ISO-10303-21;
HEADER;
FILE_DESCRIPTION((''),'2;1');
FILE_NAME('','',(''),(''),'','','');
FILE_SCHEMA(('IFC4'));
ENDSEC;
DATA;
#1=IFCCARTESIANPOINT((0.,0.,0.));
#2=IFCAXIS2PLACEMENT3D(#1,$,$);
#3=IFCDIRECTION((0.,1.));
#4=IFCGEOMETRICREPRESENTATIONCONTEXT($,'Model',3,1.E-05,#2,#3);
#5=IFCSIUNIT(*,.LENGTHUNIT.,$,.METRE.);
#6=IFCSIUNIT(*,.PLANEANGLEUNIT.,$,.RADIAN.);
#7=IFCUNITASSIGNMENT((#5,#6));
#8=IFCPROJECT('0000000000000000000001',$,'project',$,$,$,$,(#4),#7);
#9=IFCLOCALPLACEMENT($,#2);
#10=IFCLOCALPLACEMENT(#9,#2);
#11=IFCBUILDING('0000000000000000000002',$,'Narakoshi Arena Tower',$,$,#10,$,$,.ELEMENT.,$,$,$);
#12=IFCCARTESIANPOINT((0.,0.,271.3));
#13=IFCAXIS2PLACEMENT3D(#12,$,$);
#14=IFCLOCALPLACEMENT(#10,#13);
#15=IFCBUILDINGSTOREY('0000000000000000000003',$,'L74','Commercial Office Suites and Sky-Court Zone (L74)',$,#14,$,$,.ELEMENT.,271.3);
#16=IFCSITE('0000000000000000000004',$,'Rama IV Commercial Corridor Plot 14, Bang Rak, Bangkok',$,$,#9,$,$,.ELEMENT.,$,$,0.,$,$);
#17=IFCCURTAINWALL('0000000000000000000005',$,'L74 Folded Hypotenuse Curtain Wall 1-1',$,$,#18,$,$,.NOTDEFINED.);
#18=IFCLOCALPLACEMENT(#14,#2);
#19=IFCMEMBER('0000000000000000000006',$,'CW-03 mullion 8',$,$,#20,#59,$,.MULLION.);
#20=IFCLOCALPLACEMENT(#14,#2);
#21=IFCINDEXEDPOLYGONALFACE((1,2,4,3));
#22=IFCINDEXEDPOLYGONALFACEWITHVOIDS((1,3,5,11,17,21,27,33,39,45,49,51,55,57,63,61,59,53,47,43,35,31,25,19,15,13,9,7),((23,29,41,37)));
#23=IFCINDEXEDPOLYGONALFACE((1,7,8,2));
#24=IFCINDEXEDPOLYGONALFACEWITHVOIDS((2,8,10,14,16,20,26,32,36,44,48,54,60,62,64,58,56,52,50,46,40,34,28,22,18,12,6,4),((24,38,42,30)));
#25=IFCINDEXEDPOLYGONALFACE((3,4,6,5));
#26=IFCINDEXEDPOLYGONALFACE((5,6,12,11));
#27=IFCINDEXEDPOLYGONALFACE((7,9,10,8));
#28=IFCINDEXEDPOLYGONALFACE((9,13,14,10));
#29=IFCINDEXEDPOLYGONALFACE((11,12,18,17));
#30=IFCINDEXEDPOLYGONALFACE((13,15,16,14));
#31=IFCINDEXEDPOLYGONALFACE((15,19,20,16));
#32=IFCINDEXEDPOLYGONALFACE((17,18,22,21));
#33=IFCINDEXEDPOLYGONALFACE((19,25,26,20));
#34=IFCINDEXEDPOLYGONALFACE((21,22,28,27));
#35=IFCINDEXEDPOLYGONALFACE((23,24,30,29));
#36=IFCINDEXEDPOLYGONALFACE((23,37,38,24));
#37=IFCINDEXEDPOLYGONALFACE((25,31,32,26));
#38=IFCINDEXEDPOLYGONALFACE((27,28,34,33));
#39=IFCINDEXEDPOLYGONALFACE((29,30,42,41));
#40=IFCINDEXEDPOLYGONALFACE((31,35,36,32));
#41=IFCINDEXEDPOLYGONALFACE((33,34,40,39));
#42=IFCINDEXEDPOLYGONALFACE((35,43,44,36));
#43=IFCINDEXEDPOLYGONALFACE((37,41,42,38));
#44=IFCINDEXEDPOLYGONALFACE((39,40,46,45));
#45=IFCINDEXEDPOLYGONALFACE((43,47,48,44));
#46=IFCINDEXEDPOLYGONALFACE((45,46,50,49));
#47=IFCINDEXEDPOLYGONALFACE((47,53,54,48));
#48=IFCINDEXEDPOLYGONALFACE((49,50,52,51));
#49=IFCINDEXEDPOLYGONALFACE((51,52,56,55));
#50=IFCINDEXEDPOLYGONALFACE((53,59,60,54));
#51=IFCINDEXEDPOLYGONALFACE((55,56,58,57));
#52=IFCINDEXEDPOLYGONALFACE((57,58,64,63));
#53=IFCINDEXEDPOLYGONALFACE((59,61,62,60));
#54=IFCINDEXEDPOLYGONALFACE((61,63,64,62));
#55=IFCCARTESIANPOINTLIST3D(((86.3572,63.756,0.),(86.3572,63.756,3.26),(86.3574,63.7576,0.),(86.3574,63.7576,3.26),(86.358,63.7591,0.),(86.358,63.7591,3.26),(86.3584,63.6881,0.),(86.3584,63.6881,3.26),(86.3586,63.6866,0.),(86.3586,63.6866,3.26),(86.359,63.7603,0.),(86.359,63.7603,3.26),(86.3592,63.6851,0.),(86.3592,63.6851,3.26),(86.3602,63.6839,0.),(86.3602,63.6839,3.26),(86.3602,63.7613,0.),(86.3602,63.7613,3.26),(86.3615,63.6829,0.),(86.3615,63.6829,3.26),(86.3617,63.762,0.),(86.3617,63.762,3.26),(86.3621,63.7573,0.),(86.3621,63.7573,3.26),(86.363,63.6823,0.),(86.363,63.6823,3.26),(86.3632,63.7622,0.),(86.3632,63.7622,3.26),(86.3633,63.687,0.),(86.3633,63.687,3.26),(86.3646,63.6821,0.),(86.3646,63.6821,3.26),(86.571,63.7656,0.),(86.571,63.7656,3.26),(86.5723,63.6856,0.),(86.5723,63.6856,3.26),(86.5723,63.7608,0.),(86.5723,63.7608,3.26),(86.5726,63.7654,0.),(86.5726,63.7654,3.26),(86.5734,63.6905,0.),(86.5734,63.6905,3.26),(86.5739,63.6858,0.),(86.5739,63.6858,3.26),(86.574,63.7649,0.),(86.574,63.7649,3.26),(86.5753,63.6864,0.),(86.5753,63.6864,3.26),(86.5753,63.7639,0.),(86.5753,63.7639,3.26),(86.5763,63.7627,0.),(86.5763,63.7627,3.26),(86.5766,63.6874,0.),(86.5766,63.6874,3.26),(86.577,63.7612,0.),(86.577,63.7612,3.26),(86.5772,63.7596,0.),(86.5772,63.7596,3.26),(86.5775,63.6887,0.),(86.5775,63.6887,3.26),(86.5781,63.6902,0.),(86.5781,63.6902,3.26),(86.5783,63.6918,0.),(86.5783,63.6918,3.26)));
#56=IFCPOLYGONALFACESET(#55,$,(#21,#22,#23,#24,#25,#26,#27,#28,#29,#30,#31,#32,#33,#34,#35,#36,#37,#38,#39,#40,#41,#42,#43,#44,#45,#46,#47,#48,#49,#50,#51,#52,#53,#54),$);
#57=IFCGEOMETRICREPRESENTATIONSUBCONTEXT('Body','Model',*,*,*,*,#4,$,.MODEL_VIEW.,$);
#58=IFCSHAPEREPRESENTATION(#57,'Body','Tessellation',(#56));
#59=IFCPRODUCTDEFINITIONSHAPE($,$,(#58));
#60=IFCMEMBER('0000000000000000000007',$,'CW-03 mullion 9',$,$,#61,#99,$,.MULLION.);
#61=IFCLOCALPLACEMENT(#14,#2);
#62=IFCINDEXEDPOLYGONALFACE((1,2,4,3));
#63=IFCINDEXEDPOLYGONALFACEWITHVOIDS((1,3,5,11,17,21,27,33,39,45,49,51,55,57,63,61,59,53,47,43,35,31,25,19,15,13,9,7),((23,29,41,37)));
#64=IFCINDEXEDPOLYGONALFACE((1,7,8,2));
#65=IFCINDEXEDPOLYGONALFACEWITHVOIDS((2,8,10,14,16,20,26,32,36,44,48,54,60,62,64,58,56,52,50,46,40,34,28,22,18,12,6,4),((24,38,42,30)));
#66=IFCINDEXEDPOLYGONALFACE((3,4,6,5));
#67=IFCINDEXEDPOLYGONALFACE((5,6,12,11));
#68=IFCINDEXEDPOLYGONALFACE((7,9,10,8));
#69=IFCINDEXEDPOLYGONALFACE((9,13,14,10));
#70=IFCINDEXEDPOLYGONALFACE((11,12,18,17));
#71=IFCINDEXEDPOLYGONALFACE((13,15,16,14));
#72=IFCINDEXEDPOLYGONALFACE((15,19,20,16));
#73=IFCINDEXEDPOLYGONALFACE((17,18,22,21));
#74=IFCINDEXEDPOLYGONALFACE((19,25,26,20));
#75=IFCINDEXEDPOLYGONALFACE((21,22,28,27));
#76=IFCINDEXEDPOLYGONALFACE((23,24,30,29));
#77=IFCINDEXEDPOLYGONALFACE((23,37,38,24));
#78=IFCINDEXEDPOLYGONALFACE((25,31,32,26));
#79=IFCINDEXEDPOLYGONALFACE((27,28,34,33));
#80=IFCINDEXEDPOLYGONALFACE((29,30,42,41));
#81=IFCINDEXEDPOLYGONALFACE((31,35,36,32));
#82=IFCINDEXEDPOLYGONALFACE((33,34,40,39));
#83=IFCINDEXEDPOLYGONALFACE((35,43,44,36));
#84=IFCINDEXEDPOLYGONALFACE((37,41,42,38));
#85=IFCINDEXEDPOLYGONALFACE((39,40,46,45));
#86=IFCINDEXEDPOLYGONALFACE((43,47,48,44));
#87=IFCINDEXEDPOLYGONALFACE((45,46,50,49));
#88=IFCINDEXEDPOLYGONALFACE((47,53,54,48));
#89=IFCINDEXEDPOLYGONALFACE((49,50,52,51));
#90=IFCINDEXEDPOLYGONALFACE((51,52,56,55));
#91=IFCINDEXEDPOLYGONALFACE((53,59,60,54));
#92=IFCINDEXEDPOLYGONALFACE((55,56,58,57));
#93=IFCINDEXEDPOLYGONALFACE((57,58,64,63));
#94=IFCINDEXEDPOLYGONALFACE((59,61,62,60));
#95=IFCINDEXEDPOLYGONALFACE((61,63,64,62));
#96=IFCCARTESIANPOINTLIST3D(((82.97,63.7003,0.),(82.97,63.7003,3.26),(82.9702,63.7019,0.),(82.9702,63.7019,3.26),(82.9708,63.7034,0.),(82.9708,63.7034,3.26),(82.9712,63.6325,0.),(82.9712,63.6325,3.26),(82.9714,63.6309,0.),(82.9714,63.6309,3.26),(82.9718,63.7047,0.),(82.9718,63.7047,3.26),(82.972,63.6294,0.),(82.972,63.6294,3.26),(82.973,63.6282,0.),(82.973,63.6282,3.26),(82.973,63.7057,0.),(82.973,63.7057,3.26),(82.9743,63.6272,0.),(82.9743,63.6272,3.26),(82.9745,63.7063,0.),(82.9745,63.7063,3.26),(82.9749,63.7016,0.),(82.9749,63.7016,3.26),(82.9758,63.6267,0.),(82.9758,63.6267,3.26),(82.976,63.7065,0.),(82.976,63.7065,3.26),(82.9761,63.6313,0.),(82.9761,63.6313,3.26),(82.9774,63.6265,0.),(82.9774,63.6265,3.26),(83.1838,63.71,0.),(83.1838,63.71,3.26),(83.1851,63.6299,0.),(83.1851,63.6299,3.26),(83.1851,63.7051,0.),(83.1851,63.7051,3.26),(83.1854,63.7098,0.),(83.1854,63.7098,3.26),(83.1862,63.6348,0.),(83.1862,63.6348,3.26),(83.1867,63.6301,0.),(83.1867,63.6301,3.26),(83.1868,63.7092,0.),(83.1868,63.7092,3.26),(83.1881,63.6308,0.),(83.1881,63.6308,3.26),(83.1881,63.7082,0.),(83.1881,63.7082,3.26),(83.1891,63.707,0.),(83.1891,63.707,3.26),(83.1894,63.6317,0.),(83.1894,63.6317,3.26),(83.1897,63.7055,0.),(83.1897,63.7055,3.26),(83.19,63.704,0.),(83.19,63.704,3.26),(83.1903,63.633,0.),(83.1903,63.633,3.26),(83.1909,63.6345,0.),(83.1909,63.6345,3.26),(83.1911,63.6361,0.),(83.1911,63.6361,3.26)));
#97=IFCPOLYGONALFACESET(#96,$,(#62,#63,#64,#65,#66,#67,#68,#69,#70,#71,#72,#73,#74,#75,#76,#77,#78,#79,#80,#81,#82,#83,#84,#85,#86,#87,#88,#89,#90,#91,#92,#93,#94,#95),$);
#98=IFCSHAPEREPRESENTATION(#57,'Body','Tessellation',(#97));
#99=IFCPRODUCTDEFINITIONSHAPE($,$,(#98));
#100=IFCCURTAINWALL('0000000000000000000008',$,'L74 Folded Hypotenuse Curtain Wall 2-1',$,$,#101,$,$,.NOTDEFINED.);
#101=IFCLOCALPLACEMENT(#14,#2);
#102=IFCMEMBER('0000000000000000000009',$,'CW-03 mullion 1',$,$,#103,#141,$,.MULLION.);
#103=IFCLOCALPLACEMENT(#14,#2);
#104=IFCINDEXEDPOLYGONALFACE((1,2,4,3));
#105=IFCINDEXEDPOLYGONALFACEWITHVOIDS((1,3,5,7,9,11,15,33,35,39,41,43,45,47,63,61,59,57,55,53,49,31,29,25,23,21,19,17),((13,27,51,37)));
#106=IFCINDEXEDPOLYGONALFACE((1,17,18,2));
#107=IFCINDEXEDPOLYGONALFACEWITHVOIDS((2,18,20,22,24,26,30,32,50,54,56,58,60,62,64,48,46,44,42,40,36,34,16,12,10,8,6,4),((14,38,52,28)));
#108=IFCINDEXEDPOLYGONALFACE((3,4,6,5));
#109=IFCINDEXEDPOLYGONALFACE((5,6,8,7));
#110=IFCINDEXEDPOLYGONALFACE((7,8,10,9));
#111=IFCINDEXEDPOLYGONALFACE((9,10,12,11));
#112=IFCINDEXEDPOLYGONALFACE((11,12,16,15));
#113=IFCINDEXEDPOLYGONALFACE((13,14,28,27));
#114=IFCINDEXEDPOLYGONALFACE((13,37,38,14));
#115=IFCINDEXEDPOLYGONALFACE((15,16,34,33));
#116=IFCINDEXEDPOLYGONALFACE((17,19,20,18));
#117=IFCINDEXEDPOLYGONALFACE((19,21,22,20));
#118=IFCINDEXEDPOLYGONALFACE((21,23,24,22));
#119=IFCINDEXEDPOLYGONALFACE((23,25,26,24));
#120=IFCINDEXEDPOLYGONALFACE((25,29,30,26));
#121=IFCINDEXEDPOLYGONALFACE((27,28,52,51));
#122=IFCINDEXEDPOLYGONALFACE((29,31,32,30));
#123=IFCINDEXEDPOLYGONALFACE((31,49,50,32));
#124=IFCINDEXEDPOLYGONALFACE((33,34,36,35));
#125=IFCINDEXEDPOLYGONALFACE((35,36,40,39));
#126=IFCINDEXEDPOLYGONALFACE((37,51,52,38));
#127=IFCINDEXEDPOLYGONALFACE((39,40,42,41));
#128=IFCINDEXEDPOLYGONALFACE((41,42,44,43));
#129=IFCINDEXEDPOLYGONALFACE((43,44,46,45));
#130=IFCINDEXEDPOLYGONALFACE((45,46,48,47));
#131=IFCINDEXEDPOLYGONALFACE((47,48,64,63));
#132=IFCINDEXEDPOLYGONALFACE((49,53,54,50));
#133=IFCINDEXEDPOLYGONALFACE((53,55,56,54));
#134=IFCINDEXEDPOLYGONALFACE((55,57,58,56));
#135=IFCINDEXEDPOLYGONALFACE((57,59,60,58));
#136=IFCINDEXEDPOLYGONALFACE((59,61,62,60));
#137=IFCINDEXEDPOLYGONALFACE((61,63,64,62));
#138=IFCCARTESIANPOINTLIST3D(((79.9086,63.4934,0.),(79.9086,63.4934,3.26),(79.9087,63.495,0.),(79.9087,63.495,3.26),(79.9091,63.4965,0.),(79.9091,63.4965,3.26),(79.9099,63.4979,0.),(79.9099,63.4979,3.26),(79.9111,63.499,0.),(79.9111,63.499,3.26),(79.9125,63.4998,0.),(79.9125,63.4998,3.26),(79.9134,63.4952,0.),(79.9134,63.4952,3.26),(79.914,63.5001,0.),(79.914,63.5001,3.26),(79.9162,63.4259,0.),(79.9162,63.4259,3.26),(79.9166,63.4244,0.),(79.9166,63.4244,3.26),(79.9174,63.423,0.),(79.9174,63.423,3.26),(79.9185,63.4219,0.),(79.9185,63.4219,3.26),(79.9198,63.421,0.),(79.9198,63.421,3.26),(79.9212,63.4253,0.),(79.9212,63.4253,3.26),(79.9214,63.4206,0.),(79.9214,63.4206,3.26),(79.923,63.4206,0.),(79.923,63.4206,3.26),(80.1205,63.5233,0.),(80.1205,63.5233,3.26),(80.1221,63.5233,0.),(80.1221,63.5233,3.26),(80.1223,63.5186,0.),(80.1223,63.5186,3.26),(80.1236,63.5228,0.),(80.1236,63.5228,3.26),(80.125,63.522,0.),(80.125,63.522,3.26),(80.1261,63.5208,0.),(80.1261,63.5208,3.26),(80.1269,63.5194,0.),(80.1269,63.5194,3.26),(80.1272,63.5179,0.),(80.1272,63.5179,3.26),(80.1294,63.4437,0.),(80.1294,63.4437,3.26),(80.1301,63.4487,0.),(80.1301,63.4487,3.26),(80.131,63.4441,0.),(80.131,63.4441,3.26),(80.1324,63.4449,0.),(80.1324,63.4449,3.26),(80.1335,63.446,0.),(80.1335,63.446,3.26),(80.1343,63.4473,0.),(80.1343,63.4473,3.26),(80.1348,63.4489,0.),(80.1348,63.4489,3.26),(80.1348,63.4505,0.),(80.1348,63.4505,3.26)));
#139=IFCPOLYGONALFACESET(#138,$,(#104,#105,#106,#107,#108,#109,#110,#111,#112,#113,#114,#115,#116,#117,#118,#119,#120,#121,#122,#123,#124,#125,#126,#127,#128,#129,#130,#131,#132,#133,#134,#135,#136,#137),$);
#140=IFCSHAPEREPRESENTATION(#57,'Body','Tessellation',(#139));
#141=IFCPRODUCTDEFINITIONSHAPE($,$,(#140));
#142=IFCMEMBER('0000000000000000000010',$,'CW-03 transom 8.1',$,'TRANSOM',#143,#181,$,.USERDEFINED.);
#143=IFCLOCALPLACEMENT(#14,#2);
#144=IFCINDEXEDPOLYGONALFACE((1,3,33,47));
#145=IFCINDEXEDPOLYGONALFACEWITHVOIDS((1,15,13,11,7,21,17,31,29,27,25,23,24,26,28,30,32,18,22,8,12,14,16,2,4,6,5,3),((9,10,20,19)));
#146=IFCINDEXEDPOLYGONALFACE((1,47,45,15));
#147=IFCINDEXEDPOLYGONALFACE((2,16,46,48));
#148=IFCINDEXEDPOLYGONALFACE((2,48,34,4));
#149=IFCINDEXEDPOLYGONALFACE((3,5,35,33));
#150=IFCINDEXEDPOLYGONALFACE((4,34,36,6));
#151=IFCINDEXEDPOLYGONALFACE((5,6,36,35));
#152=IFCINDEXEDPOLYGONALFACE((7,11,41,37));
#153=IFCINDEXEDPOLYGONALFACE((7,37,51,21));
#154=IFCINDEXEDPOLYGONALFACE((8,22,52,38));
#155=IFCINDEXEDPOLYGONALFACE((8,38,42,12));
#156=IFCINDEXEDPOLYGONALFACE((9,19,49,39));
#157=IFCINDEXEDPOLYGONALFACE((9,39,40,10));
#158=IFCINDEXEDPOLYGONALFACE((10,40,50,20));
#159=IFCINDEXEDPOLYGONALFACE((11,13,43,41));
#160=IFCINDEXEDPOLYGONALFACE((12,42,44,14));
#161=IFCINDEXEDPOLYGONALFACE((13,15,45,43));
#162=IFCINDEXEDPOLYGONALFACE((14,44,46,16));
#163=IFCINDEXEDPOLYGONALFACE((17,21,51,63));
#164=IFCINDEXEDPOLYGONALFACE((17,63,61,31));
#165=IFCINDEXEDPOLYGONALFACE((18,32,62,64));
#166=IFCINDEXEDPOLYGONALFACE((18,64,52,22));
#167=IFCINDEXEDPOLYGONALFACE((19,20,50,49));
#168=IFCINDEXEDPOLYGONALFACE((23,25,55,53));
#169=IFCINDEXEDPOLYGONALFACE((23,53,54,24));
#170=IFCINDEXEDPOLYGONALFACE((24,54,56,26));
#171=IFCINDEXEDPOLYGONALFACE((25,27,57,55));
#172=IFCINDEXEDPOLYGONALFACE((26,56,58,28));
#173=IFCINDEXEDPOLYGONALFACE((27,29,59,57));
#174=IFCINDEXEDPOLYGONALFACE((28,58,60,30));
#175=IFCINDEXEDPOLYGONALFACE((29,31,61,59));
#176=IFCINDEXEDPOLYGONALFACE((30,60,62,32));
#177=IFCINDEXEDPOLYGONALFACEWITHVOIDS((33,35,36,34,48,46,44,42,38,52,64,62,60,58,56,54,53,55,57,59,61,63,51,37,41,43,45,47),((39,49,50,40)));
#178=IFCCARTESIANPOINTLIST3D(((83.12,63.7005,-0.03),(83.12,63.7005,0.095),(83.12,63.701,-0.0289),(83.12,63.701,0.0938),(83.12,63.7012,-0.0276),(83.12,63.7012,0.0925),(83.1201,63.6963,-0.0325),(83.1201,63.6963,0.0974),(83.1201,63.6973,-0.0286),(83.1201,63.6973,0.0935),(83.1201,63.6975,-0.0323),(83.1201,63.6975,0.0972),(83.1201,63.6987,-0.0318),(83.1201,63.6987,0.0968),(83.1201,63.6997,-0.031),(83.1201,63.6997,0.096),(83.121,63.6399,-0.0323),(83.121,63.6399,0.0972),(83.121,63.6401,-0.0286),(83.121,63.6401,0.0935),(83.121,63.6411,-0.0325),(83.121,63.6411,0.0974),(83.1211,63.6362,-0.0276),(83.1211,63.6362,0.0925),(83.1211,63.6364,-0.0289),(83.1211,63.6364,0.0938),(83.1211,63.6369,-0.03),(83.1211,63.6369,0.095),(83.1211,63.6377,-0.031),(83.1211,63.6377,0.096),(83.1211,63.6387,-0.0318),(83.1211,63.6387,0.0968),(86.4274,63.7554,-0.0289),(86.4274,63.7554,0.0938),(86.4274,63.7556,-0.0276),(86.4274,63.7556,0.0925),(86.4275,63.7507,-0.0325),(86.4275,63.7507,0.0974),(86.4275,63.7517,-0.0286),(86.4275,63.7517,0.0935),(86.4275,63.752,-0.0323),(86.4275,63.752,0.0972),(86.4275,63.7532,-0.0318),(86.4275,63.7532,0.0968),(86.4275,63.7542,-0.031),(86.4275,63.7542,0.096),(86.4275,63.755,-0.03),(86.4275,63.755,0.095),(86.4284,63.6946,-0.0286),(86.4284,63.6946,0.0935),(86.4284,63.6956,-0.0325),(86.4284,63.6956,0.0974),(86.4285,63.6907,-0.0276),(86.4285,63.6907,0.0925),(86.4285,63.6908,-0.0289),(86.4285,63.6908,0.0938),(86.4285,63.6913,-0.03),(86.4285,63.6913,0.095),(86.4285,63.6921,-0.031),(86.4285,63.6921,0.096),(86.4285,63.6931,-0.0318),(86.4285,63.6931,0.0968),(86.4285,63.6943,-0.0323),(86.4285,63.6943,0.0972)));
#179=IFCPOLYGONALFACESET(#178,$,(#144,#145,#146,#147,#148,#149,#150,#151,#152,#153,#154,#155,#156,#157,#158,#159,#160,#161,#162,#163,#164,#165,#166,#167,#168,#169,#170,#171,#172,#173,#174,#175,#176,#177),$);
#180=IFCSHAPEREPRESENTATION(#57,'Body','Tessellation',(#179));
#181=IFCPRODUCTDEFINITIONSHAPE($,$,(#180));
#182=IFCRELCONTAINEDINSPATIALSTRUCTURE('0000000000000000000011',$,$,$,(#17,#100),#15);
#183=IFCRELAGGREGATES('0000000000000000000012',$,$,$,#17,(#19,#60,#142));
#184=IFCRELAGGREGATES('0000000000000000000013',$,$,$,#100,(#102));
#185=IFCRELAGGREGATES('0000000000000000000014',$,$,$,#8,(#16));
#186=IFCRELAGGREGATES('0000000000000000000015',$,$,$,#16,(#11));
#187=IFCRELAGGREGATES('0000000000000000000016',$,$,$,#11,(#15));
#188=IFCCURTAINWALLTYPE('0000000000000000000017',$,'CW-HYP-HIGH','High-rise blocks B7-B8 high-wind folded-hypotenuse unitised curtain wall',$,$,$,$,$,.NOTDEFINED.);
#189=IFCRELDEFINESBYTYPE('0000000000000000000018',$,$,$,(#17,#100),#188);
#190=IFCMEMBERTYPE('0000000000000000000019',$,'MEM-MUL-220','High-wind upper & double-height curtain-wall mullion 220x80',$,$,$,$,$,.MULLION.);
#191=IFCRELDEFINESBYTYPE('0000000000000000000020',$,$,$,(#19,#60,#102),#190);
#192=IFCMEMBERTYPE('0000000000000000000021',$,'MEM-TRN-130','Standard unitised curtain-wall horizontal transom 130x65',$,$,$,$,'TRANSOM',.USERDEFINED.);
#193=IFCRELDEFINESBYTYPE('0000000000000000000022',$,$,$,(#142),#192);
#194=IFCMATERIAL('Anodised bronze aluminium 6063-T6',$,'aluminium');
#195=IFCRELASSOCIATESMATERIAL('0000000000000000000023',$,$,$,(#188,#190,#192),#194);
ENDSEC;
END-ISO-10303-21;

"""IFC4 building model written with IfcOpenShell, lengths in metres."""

from ifc_helpers import new_model, si_unit, direction, frame, origin, origin_2d, place, context, subcontext, project, spatial, hollow_rectangle, extrude, material, material_profile, profile_set, type_object, element, aggregate, save


model = new_model("IFC4")

# Units and contexts
model_context = context("Model", 3, precision=1e-05, world=origin(), true_north=direction((0.0, 1.0)))
body_context = subcontext(model_context, "Body", "Model", "MODEL_VIEW")
ifc_project = project(units=[si_unit("LENGTHUNIT", "METRE"), si_unit("PLANEANGLEUNIT", "RADIAN")], contexts=[model_context])

# Site, building, storey
site_placement = place(None, origin())
site = spatial("IfcSite", under=ifc_project, at=site_placement, Name="Rama IV Commercial Corridor Plot 14, Bang Rak, Bangkok", CompositionType="ELEMENT", RefElevation=0.0)
building_placement = place(site_placement, origin())
building = spatial("IfcBuilding", under=site, at=building_placement, Name="Narakoshi Arena Tower", CompositionType="ELEMENT")
storey_placement = place(building_placement, frame((0.0, 0.0, 271.3)))
storey = spatial("IfcBuildingStorey", under=building, at=storey_placement, Name="L74", Description="Commercial Office Suites and Sky-Court Zone (L74)", CompositionType="ELEMENT", Elevation=271.3)

# Curtain wall, members
ifc_material_1 = material(Name="Anodised bronze aluminium 6063-T6", Category="aluminium")
curtain_wall_type = type_object("IfcCurtainWallType", Name="CW-HYP-HIGH", Description="High-rise blocks B7-B8 high-wind folded-hypotenuse unitised curtain wall", PredefinedType="NOTDEFINED", material=ifc_material_1)
curtain_wall_1_placement = place(storey_placement, origin())
curtain_wall_1 = element("IfcCurtainWall", 1, at=curtain_wall_1_placement, inside=storey, type_object=curtain_wall_type, Name="L74 Folded Hypotenuse Curtain Wall 1-1", PredefinedType="NOTDEFINED")
ifc_material_profile_1 = material_profile(ifc_material_1, hollow_rectangle(XDim=0.0801, YDim=0.22, WallThickness=0.0049, OuterFilletRadius=0.0061, at=origin_2d()), Name="MUL220x80x5")
ifc_profile_set_1 = profile_set([ifc_material_profile_1], Name="Anodised bronze aluminium 6063-T6")
member_type_1 = type_object("IfcMemberType", Name="MEM-MUL-220", Description="High-wind upper & double-height curtain-wall mullion 220x80", PredefinedType="MULLION", material=ifc_profile_set_1)
member_1_placement = place(storey_placement, frame((86.4678, 63.7239, 0.0), z_axis=(0.0, 0.0, 1.0), x_axis=(0.016443, -0.999865, 0.0)))
member_1 = element("IfcMember", 2, at=member_1_placement, type_object=member_type_1, Name="CW-03 mullion 8", PredefinedType="MULLION", context=body_context, shape_type="SweptSolid", body=[
    extrude(hollow_rectangle(XDim=0.0801, YDim=0.22, WallThickness=0.0049, OuterFilletRadius=0.0061, at=origin_2d()), origin(), (0.0, 0.0, 1.0), 3.26),
])
member_2_placement = place(storey_placement, frame((83.0806, 63.6682, 0.0), z_axis=(0.0, 0.0, 1.0), x_axis=(0.016443, -0.999865, 0.0)))
member_2 = element("IfcMember", 3, at=member_2_placement, type_object=member_type_1, Name="CW-03 mullion 9", PredefinedType="MULLION", context=body_context, shape_type="SweptSolid", body=[
    extrude(hollow_rectangle(XDim=0.0801, YDim=0.22, WallThickness=0.0049, OuterFilletRadius=0.0061, at=origin_2d()), origin(), (0.0, 0.0, 1.0), 3.26),
])

# Curtain wall, member
curtain_wall_2_placement = place(storey_placement, origin())
curtain_wall_2 = element("IfcCurtainWall", 4, at=curtain_wall_2_placement, inside=storey, type_object=curtain_wall_type, Name="L74 Folded Hypotenuse Curtain Wall 2-1", PredefinedType="NOTDEFINED")
member_3_placement = place(storey_placement, frame((80.0217, 63.4719, 0.0), z_axis=(0.0, 0.0, 1.0), x_axis=(0.111396, -0.993776, 0.0)))
member_3 = element("IfcMember", 5, at=member_3_placement, type_object=member_type_1, Name="CW-03 mullion 1", PredefinedType="MULLION", context=body_context, shape_type="SweptSolid", body=[
    extrude(hollow_rectangle(XDim=0.0801, YDim=0.22, WallThickness=0.0049, OuterFilletRadius=0.0061, at=origin_2d()), origin(), (0.0, 0.0, 1.0), 3.26),
])

# Member
ifc_material_profile_2 = material_profile(ifc_material_1, hollow_rectangle(XDim=0.0649, YDim=0.1299, WallThickness=0.0039, OuterFilletRadius=0.0049, at=origin_2d()), Name="TRN130x65x4")
ifc_profile_set_2 = profile_set([ifc_material_profile_2], Name="Anodised bronze aluminium 6063-T6")
member_type_2 = type_object("IfcMemberType", Name="MEM-TRN-130", Description="Standard unitised curtain-wall horizontal transom 130x65", ElementType="TRANSOM", PredefinedType="USERDEFINED", material=ifc_profile_set_2)
member_4_placement = place(storey_placement, frame((86.428, 63.7231, 0.0325), z_axis=(-0.999865, -0.016459, 0.0), x_axis=(0.016459, -0.999865, 0.0)))
member_4 = element("IfcMember", 6, at=member_4_placement, type_object=member_type_2, Name="CW-03 transom 8.1", ObjectType="TRANSOM", PredefinedType="USERDEFINED", context=body_context, shape_type="SweptSolid", body=[
    extrude(hollow_rectangle(XDim=0.0649, YDim=0.1299, WallThickness=0.0039, OuterFilletRadius=0.0049, at=origin_2d()), origin(), (0.0, 0.0, 1.0), 3.3079),
])

aggregate(curtain_wall_1, [member_1, member_2, member_4])
aggregate(curtain_wall_2, [member_3])

save(model, "model.ifc")
